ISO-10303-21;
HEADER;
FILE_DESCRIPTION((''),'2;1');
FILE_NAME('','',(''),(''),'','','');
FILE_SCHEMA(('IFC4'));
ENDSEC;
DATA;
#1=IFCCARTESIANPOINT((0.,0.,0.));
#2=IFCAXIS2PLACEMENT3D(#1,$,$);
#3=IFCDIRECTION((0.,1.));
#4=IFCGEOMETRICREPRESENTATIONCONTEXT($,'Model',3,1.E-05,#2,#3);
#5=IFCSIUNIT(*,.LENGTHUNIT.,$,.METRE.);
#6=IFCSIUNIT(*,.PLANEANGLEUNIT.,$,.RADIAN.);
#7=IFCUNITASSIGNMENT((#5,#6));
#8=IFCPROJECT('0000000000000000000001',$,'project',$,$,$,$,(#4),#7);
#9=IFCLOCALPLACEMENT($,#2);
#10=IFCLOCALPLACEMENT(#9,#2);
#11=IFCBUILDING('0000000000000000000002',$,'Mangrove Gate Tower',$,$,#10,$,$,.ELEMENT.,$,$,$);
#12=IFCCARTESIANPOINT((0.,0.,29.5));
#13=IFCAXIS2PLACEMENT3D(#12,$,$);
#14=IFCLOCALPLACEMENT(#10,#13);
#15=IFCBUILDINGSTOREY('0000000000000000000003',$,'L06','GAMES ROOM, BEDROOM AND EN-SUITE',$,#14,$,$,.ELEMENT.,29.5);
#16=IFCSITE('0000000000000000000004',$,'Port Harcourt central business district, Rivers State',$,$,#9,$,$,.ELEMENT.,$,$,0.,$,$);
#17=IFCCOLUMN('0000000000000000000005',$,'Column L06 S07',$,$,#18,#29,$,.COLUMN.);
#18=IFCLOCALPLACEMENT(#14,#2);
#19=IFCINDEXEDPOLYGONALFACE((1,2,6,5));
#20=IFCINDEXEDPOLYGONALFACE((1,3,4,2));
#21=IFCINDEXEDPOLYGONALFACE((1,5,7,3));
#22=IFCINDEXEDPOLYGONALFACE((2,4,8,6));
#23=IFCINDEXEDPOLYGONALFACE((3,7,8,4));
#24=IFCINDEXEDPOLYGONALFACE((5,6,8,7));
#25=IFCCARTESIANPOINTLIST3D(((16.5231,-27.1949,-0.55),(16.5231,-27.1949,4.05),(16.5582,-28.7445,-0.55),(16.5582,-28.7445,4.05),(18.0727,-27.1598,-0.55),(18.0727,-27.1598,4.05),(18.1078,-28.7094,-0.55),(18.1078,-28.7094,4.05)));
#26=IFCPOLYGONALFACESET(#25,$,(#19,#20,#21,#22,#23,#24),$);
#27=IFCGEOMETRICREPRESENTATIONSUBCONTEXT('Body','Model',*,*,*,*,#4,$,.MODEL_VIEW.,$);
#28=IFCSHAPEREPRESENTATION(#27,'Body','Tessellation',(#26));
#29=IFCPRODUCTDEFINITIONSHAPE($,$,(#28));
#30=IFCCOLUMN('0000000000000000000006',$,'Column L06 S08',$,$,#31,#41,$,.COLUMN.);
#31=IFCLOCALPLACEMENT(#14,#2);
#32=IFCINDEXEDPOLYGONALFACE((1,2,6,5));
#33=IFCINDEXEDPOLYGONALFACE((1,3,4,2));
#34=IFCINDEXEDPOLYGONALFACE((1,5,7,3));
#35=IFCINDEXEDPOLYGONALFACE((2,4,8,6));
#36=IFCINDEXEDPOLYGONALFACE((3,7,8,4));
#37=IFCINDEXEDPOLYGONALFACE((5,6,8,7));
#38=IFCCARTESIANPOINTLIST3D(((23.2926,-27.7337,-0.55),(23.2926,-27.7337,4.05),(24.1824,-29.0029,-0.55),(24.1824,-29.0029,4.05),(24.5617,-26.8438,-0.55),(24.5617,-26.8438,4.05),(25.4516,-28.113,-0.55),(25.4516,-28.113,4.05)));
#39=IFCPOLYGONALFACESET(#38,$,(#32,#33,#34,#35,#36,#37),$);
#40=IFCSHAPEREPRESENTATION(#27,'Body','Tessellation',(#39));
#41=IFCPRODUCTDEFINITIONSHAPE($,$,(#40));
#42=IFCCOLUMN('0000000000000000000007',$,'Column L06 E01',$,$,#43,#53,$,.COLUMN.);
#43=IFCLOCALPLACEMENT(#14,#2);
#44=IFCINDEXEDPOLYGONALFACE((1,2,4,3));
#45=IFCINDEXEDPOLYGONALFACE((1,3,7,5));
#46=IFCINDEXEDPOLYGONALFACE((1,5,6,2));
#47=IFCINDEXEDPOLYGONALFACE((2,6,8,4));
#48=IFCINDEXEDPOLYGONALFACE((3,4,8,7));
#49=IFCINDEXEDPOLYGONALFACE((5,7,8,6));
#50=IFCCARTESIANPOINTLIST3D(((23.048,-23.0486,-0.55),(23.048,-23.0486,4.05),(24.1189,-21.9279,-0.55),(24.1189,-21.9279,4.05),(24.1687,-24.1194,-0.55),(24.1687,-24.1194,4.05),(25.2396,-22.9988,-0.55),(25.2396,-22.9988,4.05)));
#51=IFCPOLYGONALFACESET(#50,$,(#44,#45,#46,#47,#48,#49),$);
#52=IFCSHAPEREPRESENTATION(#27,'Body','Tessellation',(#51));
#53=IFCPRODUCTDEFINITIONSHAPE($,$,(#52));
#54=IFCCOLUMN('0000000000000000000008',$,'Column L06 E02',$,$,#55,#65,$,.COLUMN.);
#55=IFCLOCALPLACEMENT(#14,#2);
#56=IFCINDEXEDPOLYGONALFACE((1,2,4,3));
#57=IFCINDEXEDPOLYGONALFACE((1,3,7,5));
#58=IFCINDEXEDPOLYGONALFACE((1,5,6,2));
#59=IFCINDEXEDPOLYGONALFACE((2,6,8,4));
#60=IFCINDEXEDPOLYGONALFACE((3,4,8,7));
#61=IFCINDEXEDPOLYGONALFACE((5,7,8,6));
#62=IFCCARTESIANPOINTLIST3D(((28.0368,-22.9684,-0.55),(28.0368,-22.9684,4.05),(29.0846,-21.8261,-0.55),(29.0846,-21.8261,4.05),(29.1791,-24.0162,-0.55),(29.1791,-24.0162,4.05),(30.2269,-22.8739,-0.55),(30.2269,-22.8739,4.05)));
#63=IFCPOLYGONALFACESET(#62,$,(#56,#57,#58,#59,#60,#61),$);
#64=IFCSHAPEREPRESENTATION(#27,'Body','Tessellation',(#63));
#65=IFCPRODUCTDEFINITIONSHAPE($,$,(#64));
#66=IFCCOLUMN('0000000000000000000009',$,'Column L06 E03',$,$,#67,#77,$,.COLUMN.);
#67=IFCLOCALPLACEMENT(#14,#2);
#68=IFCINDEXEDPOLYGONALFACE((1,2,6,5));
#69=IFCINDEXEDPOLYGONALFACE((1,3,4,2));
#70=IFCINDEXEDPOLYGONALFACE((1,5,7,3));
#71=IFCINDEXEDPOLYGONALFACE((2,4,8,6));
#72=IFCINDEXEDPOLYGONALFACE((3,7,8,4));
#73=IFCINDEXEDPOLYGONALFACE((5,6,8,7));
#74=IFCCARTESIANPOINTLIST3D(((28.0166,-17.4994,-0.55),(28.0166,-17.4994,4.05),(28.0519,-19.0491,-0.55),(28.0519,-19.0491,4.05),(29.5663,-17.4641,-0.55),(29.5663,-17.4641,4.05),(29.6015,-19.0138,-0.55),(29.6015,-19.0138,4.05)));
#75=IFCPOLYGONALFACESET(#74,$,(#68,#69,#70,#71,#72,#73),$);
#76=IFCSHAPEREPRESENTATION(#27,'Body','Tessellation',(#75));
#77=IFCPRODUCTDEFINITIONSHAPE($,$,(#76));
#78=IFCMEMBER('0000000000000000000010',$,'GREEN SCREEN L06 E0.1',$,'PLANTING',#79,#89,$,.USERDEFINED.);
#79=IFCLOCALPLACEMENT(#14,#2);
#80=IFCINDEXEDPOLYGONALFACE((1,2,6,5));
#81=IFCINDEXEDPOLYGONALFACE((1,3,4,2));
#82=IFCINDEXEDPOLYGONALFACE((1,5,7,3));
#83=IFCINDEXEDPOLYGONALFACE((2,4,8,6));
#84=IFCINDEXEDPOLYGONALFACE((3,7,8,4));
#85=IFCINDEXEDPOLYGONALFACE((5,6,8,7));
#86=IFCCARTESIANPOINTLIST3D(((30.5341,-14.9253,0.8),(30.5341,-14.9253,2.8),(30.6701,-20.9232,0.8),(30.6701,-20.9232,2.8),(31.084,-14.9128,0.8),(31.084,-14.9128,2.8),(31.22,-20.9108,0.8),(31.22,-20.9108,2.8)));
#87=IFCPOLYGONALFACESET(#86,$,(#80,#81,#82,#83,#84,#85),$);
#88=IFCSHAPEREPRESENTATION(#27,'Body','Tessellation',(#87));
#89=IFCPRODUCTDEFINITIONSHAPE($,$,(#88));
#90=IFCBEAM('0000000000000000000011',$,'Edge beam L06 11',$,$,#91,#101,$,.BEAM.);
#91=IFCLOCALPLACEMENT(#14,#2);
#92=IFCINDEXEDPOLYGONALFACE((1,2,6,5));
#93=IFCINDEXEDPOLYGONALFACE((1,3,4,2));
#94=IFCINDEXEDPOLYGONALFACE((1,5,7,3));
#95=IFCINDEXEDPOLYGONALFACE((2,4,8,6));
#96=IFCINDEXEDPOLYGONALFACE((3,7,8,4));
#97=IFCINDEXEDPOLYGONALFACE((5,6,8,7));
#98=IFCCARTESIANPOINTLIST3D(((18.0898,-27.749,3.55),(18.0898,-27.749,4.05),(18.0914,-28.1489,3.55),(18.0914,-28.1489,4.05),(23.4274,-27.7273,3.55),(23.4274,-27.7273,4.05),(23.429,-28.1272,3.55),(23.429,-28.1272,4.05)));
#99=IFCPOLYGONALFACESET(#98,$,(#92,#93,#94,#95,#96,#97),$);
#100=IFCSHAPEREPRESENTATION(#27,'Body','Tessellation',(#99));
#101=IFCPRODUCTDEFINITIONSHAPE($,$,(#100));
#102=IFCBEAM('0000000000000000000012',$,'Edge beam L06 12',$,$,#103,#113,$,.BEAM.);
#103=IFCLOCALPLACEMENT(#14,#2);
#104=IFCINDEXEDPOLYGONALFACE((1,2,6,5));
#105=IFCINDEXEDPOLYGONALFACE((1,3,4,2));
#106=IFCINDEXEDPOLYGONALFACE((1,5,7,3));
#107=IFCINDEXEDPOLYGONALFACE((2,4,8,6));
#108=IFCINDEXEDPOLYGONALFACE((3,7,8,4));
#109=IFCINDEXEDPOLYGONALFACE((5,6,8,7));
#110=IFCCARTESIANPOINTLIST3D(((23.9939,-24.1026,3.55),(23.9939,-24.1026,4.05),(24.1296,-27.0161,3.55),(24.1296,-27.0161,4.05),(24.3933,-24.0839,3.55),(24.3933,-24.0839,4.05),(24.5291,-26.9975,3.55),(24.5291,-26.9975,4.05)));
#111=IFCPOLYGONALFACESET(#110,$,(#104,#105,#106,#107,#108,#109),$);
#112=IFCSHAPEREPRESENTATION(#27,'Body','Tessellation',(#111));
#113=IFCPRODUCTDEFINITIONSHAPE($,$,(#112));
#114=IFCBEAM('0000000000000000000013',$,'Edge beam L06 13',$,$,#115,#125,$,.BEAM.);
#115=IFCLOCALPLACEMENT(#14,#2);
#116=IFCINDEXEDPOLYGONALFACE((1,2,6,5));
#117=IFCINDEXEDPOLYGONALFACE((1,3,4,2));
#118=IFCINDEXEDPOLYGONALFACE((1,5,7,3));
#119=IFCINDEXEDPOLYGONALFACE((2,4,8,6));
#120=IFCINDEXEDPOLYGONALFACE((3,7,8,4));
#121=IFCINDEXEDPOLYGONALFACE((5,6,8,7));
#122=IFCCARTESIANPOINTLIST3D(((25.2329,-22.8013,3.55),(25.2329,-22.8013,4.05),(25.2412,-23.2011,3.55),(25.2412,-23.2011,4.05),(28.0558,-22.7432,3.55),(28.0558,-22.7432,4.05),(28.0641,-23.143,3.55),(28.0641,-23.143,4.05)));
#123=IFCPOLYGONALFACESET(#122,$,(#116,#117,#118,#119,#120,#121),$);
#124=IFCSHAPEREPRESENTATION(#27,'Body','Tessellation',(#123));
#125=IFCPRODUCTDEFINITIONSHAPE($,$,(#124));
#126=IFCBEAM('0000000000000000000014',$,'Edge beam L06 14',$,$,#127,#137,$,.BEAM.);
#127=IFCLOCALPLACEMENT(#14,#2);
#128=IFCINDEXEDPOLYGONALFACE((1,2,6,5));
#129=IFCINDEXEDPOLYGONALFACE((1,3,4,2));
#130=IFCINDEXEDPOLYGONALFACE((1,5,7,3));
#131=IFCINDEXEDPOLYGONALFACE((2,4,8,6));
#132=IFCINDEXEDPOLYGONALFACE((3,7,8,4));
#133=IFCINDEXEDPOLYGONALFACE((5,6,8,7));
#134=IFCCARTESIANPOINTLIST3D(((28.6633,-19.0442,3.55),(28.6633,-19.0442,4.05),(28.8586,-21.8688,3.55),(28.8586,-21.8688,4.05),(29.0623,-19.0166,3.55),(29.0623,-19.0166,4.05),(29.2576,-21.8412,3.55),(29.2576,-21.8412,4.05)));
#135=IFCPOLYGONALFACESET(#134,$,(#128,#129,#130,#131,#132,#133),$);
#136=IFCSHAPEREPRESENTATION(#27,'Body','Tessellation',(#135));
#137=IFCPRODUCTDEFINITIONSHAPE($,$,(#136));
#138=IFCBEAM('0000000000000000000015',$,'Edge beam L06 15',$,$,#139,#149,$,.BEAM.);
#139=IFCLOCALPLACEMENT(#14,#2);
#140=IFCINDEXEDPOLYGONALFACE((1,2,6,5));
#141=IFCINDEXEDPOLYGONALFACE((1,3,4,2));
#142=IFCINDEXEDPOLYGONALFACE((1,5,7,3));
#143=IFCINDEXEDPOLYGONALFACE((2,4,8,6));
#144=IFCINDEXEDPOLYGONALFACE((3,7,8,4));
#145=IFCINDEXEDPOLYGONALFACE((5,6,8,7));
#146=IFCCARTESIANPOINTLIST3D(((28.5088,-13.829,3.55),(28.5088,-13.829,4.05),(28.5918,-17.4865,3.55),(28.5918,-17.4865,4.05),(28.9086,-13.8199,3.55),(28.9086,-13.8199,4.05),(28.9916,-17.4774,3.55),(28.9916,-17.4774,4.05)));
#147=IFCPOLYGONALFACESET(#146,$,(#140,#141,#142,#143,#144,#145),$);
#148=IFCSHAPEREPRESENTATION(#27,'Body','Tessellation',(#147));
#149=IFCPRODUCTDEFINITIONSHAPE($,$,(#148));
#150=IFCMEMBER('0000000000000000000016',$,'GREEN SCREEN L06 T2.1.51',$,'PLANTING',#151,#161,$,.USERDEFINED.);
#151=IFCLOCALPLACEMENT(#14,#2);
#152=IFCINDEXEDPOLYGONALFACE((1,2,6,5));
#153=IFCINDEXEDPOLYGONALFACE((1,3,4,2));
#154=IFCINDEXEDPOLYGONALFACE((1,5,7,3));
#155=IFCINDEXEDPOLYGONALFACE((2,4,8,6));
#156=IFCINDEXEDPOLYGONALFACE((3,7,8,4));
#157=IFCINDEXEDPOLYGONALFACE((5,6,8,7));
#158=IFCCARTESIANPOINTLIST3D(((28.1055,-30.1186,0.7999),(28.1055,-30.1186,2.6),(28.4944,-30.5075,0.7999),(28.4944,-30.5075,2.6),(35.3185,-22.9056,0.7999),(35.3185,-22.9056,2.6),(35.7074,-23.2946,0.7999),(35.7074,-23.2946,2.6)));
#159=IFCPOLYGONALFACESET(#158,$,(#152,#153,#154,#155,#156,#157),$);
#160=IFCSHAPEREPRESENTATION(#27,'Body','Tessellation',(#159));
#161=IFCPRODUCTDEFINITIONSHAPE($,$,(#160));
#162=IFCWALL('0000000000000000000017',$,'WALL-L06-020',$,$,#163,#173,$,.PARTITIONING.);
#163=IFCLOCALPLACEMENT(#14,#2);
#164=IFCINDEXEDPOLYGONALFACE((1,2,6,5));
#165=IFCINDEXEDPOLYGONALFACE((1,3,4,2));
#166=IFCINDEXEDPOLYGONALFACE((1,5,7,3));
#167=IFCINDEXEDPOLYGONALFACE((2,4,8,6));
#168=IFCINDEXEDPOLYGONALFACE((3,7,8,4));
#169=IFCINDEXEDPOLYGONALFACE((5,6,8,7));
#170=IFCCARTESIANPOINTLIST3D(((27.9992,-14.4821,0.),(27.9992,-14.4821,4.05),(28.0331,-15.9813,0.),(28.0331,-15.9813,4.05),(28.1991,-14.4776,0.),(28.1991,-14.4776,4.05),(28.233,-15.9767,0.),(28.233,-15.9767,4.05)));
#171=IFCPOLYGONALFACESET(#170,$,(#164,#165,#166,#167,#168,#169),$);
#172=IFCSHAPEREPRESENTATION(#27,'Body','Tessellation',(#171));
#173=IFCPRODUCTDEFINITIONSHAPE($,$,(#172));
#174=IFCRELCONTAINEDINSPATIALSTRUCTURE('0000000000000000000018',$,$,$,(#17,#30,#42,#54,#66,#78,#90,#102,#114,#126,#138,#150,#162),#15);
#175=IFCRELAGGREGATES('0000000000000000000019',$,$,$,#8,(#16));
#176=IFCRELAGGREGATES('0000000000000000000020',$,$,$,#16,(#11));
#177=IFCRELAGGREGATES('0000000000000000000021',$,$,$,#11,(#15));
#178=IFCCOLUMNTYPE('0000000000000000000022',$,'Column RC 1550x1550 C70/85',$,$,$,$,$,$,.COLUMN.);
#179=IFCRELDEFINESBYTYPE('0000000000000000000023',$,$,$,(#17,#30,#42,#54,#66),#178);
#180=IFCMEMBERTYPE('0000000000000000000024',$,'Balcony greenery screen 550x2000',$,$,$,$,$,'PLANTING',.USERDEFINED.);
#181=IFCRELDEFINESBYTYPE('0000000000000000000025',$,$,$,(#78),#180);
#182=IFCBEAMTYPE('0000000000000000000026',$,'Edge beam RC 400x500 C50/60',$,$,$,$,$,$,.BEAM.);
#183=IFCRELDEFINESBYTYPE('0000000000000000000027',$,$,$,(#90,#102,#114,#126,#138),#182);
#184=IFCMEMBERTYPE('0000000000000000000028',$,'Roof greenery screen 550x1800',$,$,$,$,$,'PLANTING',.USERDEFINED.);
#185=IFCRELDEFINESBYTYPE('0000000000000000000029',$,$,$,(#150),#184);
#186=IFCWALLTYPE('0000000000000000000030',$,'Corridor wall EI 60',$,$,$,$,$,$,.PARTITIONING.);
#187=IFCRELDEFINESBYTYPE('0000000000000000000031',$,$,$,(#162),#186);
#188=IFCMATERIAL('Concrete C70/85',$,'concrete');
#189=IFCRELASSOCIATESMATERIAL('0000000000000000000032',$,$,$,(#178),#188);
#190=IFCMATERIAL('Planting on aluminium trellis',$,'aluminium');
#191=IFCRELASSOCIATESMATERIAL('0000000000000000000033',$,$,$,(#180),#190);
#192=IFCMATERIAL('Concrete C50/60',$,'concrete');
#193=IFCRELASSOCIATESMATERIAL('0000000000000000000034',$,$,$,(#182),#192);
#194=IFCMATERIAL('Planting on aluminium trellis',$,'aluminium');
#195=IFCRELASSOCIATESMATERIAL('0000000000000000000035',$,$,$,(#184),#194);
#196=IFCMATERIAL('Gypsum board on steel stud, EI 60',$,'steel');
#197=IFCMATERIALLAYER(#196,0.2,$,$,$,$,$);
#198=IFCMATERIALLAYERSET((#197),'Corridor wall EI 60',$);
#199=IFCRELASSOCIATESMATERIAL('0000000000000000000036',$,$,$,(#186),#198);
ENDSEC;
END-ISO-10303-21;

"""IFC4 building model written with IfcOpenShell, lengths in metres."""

from ifc_helpers import new_model, si_unit, direction, frame, frame_2d, origin, origin_2d, place, context, subcontext, project, spatial, rectangle, extrude, material, layer, layer_set, material_profile, profile_set, type_object, element, save


model = new_model("IFC4")

# Units and contexts
model_context = context("Model", 3, precision=1e-05, world=origin(), true_north=direction((0.0, 1.0)))
body_context = subcontext(model_context, "Body", "Model", "MODEL_VIEW")
ifc_project = project(units=[si_unit("LENGTHUNIT", "METRE"), si_unit("PLANEANGLEUNIT", "RADIAN")], contexts=[model_context])

# Site, building, storey
site_placement = place(None, origin())
site = spatial("IfcSite", under=ifc_project, at=site_placement, Name="Port Harcourt central business district, Rivers State", CompositionType="ELEMENT", RefElevation=0.0)
building_placement = place(site_placement, origin())
building = spatial("IfcBuilding", under=site, at=building_placement, Name="Mangrove Gate Tower", CompositionType="ELEMENT")
storey_placement = place(building_placement, frame((0.0, 0.0, 29.5)))
storey = spatial("IfcBuildingStorey", under=building, at=storey_placement, Name="L06", Description="GAMES ROOM, BEDROOM AND EN-SUITE", CompositionType="ELEMENT", Elevation=29.5)

# Columns
ifc_material_1 = material(Name="Concrete C70/85", Category="concrete")
ifc_material_profile_1 = material_profile(ifc_material_1, rectangle(XDim=1.55, YDim=1.55, at=origin_2d()))
ifc_profile_set_1 = profile_set([ifc_material_profile_1], Name="Concrete C70/85")
column_type = type_object("IfcColumnType", Name="Column RC 1550x1550 C70/85", PredefinedType="COLUMN", material=ifc_profile_set_1)
for number, where, z_axis, x_axis, name in (
    (1, (17.3154, -27.9521, -0.55), (0.0, 0.0, 1.0), (0.999744, 0.022644, 0.0), "Column L06 S07"),
    (2, (24.3721, -27.9233, -0.55), (0.0, 0.0, 1.0), (0.818799, 0.574081, 0.0), "Column L06 S08"),
    (3, (24.1438, -23.0237, -0.55), (0.0, 0.0, 1.0), (0.690876, 0.722973, 0.0), "Column L06 E01"),
    (4, (29.1318, -22.9211, -0.55), (0.0, 0.0, 1.0), (0.675975, 0.736924, 0.0), "Column L06 E02"),
    (5, (28.8091, -18.2566, -0.55), (0.0, 0.0, 1.0), (-0.022754, 0.999741, 0.0), "Column L06 E03"),
):
    element("IfcColumn", number, at=place(storey_placement, frame(where, z_axis=z_axis, x_axis=x_axis)), inside=storey, type_object=column_type, Name=name, PredefinedType="COLUMN", context=body_context, shape_type="SweptSolid", body=[
        extrude(rectangle(XDim=1.55, YDim=1.55, at=origin_2d()), origin(), (0.0, 0.0, 1.0), 4.6001),
    ])

# Member
ifc_material_2 = material(Name="Planting on aluminium trellis", Category="aluminium")
ifc_material_profile_2 = material_profile(ifc_material_2, rectangle(XDim=0.55, YDim=2.0, at=origin_2d()))
ifc_profile_set_2 = profile_set([ifc_material_profile_2], Name="Planting on aluminium trellis")
member_type_1 = type_object("IfcMemberType", Name="Balcony greenery screen 550x2000", ElementType="PLANTING", PredefinedType="USERDEFINED", material=ifc_profile_set_2)
member_1_placement = place(storey_placement, frame((30.9451, -20.917, 1.8), z_axis=(-0.022666, 0.999743, 0.0), x_axis=(-0.999743, -0.022666, 0.0)))
element("IfcMember", 6, at=member_1_placement, inside=storey, type_object=member_type_1, Name="GREEN SCREEN L06 E0.1", ObjectType="PLANTING", PredefinedType="USERDEFINED", context=body_context, shape_type="SweptSolid", body=[
    extrude(rectangle(XDim=0.55, YDim=2.0, at=origin_2d()), origin(), (0.0, 0.0, 1.0), 5.9995),
])

# Beams
ifc_material_3 = material(Name="Concrete C50/60", Category="concrete")
ifc_material_profile_3 = material_profile(ifc_material_3, rectangle(XDim=0.3999, YDim=0.5, at=origin_2d()))
ifc_profile_set_3 = profile_set([ifc_material_profile_3], Name="Concrete C50/60")
beam_type = type_object("IfcBeamType", Name="Edge beam RC 400x500 C50/60", PredefinedType="BEAM", material=ifc_profile_set_3)
beam_1_placement = place(storey_placement, frame((18.0906, -27.949, 3.8), z_axis=(0.999992, 0.004071, 0.0), x_axis=(-0.004071, 0.999992, 0.0)))
element("IfcBeam", 7, at=beam_1_placement, inside=storey, type_object=beam_type, Name="Edge beam L06 11", PredefinedType="BEAM", context=body_context, shape_type="SweptSolid", body=[
    extrude(rectangle(XDim=0.3999, YDim=0.5, at=origin_2d()), origin(), (0.0, 0.0, 1.0), 5.3376),
])
beam_2_placement = place(storey_placement, frame((24.3293, -27.0068, 3.8), z_axis=(-0.046539, 0.998916, 0.0), x_axis=(-0.998916, -0.046539, 0.0)))
element("IfcBeam", 8, at=beam_2_placement, inside=storey, type_object=beam_type, Name="Edge beam L06 12", PredefinedType="BEAM", context=body_context, shape_type="SweptSolid", body=[
    extrude(rectangle(XDim=0.3999, YDim=0.5, at=origin_2d()), origin(), (0.0, 0.0, 1.0), 2.9167),
])
beam_3_placement = place(storey_placement, frame((25.2371, -23.0012, 3.8), z_axis=(0.999788, 0.020579, 0.0), x_axis=(-0.020579, 0.999788, 0.0)))
element("IfcBeam", 9, at=beam_3_placement, inside=storey, type_object=beam_type, Name="Edge beam L06 13", PredefinedType="BEAM", context=body_context, shape_type="SweptSolid", body=[
    extrude(rectangle(XDim=0.3999, YDim=0.5, at=origin_2d()), origin(), (0.0, 0.0, 1.0), 2.8235),
])
beam_4_placement = place(storey_placement, frame((29.0581, -21.855, 3.8), z_axis=(-0.068986, 0.997618, 0.0), x_axis=(-0.997618, -0.068986, 0.0)))
element("IfcBeam", 10, at=beam_4_placement, inside=storey, type_object=beam_type, Name="Edge beam L06 14", PredefinedType="BEAM", context=body_context, shape_type="SweptSolid", body=[
    extrude(rectangle(XDim=0.3999, YDim=0.5, at=origin_2d()), origin(), (0.0, 0.0, 1.0), 2.8313),
])
beam_5_placement = place(storey_placement, frame((28.7917, -17.4819, 3.8), z_axis=(-0.02269, 0.999743, 0.0), x_axis=(-0.999743, -0.02269, 0.0)))
element("IfcBeam", 11, at=beam_5_placement, inside=storey, type_object=beam_type, Name="Edge beam L06 15", PredefinedType="BEAM", context=body_context, shape_type="SweptSolid", body=[
    extrude(rectangle(XDim=0.3999, YDim=0.5, at=origin_2d()), origin(), (0.0, 0.0, 1.0), 3.6584),
])

# Member
ifc_material_4 = material(Name="Planting on aluminium trellis", Category="aluminium")
ifc_material_profile_4 = material_profile(ifc_material_4, rectangle(XDim=0.55, YDim=1.8, at=origin_2d()))
ifc_profile_set_4 = profile_set([ifc_material_profile_4], Name="Planting on aluminium trellis")
member_type_2 = type_object("IfcMemberType", Name="Roof greenery screen 550x1800", ElementType="PLANTING", PredefinedType="USERDEFINED", material=ifc_profile_set_4)
member_2_placement = place(storey_placement, frame((35.5129, -23.1001, 1.7), z_axis=(-0.707107, -0.707107, 0.0), x_axis=(0.707107, -0.707107, 0.0)))
element("IfcMember", 12, at=member_2_placement, inside=storey, type_object=member_type_2, Name="GREEN SCREEN L06 T2.1.51", ObjectType="PLANTING", PredefinedType="USERDEFINED", context=body_context, shape_type="SweptSolid", body=[
    extrude(rectangle(XDim=0.55, YDim=1.8, at=origin_2d()), origin(), (0.0, 0.0, 1.0), 10.2007),
])

# Wall
ifc_material_5 = material(Name="Gypsum board on steel stud, EI 60", Category="steel")
ifc_layer_1 = layer(ifc_material_5, 0.2)
ifc_layer_set_1 = layer_set([ifc_layer_1], Name="Corridor wall EI 60")
wall_type_1 = type_object("IfcWallType", Name="Corridor wall EI 60", PredefinedType="PARTITIONING", material=ifc_layer_set_1)
wall_1_placement = place(storey_placement, frame((28.1331, -15.979, 0.0), z_axis=(0.0, 0.0, 1.0), x_axis=(-0.022633, 0.999744, 0.0)))
element("IfcWall", 13, at=wall_1_placement, inside=storey, type_object=wall_type_1, Name="WALL-L06-020", PredefinedType="PARTITIONING", context=body_context, shape_type="SweptSolid", body=[
    extrude(rectangle(XDim=1.4995, YDim=0.2, at=frame_2d((0.7498, 0.0))), origin(), (0.0, 0.0, 1.0), 4.05),
])

save(model, "model.ifc")
